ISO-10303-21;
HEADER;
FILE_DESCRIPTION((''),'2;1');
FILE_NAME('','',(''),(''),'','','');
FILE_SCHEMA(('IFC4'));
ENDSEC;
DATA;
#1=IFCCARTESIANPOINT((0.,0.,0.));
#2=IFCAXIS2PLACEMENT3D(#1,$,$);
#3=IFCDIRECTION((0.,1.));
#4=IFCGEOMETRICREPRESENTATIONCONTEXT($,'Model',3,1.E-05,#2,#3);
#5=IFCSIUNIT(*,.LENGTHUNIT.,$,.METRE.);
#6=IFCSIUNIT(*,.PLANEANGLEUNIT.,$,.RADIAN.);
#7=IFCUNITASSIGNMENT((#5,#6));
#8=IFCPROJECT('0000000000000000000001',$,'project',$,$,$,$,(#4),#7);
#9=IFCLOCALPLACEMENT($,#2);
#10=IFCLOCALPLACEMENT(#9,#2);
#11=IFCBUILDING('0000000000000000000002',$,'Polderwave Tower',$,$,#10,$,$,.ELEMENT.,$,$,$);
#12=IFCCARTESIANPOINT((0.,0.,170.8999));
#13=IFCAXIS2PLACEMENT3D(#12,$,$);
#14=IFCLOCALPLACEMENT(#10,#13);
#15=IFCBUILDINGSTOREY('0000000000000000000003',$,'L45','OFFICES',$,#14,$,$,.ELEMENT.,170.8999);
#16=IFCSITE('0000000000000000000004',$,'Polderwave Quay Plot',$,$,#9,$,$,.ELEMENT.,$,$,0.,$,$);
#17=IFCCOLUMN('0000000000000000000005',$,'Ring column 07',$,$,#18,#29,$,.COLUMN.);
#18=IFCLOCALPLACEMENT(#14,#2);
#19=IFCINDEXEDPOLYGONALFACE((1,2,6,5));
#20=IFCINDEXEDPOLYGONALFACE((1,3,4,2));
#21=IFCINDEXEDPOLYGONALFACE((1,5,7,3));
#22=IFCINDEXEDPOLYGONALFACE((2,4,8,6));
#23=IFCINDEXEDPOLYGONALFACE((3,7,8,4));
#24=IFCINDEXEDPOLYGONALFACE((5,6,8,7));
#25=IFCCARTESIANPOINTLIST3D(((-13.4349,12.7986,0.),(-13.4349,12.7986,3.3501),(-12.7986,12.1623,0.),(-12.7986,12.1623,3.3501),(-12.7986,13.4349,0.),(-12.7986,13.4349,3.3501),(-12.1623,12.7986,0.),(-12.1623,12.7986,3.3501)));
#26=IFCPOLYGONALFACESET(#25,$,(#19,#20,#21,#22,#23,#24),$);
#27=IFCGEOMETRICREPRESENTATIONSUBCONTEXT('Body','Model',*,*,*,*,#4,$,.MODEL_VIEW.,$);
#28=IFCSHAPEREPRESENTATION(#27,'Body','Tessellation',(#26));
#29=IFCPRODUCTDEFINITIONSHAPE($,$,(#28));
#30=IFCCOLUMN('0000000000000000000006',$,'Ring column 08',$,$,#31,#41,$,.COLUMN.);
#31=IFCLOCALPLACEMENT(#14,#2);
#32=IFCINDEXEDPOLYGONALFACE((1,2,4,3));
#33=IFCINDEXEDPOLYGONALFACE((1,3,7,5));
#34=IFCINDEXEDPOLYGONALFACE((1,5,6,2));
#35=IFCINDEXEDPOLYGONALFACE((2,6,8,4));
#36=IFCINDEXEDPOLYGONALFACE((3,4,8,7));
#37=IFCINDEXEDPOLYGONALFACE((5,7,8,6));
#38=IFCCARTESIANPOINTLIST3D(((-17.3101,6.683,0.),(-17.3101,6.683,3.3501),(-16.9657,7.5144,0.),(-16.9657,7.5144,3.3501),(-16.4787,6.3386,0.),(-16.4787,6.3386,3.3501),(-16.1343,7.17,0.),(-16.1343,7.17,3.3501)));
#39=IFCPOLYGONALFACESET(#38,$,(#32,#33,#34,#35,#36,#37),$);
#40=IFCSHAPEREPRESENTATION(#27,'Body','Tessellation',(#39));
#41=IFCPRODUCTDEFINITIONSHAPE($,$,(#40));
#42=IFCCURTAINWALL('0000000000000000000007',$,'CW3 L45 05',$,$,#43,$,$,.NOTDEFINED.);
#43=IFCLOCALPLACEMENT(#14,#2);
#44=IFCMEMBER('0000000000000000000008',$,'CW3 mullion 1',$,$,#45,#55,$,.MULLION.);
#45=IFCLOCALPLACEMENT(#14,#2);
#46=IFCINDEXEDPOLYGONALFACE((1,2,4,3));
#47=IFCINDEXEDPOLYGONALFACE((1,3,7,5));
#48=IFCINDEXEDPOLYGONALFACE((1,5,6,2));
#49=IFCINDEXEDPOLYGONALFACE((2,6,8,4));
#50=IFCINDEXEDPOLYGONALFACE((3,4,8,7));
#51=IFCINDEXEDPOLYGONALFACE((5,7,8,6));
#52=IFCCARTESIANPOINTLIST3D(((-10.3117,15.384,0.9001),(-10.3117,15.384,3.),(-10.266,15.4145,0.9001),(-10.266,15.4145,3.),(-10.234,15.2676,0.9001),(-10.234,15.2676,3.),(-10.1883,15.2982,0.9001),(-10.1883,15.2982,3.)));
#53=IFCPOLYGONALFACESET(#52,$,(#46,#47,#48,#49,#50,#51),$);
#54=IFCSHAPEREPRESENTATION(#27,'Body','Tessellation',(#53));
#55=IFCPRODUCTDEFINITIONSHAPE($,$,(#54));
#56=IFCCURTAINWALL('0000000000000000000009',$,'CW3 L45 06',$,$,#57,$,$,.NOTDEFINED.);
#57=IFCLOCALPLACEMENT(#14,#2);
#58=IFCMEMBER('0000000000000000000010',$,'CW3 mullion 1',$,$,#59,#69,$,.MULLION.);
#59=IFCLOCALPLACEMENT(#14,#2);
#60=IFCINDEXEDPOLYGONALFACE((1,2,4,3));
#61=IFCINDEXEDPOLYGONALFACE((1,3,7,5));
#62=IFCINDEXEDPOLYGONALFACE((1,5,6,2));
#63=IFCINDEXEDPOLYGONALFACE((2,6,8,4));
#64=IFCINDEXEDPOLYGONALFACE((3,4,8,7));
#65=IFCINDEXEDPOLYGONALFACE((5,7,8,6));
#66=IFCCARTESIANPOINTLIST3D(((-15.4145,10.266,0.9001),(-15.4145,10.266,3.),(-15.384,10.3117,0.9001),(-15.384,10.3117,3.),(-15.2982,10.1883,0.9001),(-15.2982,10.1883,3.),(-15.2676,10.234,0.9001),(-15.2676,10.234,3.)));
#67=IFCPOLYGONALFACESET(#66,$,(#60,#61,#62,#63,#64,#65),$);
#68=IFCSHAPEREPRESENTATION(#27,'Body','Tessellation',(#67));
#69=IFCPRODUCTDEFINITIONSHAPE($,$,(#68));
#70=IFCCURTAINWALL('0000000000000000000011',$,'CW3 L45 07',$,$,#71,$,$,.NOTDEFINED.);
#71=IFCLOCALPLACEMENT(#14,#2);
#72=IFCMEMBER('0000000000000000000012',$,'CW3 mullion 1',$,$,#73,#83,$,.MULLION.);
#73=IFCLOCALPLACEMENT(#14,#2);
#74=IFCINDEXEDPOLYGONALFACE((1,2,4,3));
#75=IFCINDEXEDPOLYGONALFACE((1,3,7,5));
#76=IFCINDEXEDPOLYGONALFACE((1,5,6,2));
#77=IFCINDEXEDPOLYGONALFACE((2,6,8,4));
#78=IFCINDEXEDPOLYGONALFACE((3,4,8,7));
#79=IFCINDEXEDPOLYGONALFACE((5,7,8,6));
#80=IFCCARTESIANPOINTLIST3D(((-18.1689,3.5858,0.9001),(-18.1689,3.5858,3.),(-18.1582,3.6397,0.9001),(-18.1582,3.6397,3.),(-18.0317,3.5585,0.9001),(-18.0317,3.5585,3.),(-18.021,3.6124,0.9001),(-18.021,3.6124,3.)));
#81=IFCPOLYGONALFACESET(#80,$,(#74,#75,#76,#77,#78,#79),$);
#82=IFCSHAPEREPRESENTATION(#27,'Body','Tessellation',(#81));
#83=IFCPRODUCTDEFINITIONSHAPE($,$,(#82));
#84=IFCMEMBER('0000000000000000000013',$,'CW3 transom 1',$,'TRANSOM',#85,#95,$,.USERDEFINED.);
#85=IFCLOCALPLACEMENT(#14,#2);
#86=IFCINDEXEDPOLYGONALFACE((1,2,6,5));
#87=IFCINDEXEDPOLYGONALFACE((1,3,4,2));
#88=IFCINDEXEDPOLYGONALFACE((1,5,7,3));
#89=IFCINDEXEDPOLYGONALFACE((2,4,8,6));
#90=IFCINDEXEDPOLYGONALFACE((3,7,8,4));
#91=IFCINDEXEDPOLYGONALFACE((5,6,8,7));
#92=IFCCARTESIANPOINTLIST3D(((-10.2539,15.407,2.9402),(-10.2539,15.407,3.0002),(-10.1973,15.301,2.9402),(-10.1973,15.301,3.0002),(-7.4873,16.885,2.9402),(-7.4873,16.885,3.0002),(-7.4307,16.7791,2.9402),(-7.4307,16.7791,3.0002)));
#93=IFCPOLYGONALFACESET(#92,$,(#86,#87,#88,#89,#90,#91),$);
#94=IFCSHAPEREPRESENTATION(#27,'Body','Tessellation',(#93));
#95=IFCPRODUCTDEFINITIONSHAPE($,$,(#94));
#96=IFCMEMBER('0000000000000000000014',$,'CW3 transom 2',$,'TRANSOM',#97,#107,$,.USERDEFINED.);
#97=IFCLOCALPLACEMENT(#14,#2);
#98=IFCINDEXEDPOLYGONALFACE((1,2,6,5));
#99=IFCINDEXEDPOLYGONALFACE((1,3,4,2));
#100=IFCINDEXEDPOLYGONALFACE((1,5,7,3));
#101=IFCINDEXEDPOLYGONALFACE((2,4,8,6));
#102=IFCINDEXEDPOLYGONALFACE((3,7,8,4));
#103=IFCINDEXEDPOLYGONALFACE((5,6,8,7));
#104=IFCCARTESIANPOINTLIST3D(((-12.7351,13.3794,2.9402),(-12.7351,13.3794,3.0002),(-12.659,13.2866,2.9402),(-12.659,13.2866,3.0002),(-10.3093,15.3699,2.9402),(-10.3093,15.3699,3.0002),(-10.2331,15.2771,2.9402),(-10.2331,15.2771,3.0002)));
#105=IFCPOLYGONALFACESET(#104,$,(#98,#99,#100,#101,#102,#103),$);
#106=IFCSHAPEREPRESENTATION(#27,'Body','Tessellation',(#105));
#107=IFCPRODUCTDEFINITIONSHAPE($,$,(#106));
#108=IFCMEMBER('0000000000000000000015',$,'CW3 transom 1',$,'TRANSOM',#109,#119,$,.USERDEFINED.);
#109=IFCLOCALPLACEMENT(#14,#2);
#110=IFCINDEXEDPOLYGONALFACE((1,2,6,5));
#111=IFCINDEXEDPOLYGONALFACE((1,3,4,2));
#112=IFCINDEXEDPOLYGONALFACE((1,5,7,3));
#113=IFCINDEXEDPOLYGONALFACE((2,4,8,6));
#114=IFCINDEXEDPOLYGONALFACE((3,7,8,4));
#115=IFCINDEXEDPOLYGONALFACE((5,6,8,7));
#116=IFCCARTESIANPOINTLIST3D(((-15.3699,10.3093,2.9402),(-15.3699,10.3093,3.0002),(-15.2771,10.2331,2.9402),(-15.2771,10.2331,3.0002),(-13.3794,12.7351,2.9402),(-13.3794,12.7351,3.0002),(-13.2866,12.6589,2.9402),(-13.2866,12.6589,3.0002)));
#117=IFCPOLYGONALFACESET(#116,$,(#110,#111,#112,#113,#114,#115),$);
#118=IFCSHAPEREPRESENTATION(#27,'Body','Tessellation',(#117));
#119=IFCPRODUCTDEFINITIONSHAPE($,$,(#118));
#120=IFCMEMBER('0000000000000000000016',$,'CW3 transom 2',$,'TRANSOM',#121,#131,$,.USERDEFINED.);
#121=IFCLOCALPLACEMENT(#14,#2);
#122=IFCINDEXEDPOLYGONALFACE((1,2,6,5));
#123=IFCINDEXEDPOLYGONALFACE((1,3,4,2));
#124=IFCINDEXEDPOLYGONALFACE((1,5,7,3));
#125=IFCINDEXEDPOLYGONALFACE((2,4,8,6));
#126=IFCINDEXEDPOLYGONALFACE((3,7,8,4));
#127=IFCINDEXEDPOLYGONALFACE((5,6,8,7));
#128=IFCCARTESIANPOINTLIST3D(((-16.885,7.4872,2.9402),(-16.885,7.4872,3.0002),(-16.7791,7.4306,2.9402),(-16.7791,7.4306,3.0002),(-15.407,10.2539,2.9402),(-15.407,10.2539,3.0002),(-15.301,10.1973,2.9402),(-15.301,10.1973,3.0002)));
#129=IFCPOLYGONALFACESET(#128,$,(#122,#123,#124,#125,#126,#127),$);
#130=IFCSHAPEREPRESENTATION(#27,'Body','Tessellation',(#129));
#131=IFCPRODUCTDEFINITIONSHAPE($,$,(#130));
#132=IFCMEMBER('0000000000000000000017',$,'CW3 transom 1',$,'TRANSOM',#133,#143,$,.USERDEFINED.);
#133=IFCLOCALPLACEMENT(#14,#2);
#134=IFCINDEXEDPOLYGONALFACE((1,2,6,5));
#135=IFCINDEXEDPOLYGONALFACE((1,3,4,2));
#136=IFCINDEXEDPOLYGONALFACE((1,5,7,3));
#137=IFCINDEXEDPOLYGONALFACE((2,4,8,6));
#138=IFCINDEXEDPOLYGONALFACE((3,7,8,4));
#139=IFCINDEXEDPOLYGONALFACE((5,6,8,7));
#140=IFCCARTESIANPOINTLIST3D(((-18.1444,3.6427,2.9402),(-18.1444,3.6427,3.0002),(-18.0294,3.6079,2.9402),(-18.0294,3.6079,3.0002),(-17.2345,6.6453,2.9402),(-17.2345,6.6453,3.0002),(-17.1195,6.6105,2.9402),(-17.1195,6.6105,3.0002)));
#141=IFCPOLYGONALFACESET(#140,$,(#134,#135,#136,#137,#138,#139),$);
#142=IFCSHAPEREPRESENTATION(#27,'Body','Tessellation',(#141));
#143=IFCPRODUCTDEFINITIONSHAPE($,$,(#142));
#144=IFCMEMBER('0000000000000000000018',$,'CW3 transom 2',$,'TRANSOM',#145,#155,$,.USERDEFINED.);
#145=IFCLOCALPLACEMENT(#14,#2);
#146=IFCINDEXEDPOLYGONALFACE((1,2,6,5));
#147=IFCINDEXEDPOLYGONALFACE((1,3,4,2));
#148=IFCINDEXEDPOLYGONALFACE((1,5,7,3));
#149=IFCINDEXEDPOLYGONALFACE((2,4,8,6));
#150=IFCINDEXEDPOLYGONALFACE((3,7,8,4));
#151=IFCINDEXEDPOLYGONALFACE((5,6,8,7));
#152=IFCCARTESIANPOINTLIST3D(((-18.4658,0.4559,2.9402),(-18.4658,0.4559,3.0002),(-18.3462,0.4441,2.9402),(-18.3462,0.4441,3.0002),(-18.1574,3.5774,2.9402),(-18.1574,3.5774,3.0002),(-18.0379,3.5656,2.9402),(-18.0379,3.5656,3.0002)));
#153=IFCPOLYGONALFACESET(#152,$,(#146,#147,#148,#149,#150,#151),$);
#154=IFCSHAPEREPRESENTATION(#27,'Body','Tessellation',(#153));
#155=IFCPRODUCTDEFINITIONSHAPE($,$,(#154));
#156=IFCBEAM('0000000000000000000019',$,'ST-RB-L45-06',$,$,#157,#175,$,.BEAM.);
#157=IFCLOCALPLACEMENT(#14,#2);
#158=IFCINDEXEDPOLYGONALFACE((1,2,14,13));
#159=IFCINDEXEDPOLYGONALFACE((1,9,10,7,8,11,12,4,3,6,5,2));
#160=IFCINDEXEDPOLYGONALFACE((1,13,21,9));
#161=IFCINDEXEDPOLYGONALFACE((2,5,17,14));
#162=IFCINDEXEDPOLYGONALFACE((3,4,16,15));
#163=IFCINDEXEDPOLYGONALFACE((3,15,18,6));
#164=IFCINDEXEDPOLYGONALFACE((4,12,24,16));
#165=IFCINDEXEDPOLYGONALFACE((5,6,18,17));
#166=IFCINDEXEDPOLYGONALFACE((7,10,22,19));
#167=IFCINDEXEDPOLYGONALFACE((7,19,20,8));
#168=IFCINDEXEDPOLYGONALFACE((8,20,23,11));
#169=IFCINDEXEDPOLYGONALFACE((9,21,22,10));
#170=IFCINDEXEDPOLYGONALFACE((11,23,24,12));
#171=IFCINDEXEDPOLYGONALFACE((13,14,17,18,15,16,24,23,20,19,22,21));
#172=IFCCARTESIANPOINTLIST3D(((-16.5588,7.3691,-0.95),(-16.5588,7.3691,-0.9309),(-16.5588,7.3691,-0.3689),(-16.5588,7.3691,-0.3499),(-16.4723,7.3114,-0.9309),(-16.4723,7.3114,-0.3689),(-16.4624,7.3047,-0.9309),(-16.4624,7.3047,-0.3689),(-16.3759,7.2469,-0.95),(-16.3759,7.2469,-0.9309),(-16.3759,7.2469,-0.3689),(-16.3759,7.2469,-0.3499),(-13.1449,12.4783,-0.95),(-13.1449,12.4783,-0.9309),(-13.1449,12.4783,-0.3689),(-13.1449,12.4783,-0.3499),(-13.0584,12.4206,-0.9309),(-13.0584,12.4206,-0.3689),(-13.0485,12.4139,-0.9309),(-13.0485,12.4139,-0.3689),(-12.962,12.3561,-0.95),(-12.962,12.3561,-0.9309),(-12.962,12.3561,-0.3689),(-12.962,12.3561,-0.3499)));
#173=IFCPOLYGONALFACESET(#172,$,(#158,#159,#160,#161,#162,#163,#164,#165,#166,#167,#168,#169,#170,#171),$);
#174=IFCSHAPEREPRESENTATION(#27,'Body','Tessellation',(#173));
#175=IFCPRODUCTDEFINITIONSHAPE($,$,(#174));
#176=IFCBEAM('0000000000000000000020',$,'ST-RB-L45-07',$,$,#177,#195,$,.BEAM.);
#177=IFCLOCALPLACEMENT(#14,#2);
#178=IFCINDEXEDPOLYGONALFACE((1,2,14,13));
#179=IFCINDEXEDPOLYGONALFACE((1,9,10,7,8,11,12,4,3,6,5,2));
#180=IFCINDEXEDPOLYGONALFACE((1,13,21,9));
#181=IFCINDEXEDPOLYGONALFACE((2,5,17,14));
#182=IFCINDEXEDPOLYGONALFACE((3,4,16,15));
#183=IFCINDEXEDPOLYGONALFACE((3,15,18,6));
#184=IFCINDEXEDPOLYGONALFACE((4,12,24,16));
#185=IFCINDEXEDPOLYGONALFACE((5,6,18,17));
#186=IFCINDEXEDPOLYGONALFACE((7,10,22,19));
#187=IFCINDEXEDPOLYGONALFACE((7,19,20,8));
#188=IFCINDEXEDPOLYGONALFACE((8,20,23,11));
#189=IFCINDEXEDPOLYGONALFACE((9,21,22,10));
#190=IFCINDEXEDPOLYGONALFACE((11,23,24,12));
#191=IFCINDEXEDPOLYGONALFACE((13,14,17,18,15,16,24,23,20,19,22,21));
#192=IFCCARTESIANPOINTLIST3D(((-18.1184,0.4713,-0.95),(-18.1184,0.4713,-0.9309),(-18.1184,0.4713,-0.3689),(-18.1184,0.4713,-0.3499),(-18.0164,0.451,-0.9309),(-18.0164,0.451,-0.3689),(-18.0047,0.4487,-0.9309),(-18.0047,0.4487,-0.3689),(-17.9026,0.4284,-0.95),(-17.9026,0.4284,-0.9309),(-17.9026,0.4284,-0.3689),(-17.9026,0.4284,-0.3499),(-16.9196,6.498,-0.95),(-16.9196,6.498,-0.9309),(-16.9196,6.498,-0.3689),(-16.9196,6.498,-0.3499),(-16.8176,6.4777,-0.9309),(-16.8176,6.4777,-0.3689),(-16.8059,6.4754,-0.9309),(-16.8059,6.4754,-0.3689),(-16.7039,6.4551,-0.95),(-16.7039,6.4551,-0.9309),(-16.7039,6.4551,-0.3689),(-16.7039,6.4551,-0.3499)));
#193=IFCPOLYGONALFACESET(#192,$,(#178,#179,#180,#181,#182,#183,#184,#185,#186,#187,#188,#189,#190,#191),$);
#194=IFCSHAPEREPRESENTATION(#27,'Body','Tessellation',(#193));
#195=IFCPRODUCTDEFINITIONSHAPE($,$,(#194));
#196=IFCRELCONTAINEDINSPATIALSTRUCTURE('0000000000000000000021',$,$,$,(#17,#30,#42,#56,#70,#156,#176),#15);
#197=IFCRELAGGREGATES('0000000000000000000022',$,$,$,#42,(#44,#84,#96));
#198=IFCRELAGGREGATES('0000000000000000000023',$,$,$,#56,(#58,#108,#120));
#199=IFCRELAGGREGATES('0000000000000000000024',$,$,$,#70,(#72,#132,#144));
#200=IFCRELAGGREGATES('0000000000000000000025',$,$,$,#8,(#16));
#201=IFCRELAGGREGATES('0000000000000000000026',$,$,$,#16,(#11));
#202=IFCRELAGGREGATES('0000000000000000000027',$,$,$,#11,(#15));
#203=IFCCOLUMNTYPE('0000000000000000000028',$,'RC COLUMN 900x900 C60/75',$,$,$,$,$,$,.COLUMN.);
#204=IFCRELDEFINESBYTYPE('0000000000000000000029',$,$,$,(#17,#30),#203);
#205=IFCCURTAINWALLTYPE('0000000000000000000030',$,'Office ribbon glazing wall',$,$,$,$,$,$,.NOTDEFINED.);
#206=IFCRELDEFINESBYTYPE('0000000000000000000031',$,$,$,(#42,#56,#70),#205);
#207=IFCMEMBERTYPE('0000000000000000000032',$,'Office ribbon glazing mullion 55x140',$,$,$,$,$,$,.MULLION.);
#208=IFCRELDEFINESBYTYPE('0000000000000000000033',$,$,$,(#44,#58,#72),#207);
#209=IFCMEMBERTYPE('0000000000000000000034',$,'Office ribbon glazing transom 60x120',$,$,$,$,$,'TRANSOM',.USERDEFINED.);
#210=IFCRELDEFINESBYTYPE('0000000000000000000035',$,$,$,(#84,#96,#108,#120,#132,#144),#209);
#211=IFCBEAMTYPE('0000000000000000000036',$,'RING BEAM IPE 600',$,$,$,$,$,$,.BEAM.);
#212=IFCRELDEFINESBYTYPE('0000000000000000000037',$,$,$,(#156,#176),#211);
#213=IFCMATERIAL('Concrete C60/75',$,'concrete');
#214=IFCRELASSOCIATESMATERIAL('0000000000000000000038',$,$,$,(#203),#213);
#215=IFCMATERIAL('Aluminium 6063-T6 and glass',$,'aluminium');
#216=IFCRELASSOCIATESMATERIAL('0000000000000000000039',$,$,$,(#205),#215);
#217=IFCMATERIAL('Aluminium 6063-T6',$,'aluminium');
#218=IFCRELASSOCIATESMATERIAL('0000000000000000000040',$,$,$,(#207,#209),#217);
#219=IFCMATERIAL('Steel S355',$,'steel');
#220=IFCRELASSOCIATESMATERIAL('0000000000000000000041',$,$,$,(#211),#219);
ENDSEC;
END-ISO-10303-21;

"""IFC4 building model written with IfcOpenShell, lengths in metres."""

from ifc_helpers import new_model, si_unit, direction, frame, origin, origin_2d, place, context, subcontext, project, spatial, rectangle, i_section, extrude, material, material_profile, profile_set, type_object, element, aggregate, save


model = new_model("IFC4")

# Units and contexts
model_context = context("Model", 3, precision=1e-05, world=origin(), true_north=direction((0.0, 1.0)))
body_context = subcontext(model_context, "Body", "Model", "MODEL_VIEW")
ifc_project = project(units=[si_unit("LENGTHUNIT", "METRE"), si_unit("PLANEANGLEUNIT", "RADIAN")], contexts=[model_context])

# Site, building, storey
site_placement = place(None, origin())
site = spatial("IfcSite", under=ifc_project, at=site_placement, Name="Polderwave Quay Plot", CompositionType="ELEMENT", RefElevation=0.0)
building_placement = place(site_placement, origin())
building = spatial("IfcBuilding", under=site, at=building_placement, Name="Polderwave Tower", CompositionType="ELEMENT")
storey_placement = place(building_placement, frame((0.0, 0.0, 170.8999)))
storey = spatial("IfcBuildingStorey", under=building, at=storey_placement, Name="L45", Description="OFFICES", CompositionType="ELEMENT", Elevation=170.8999)

# Columns
ifc_material_1 = material(Name="Concrete C60/75", Category="concrete")
ifc_material_profile_1 = material_profile(ifc_material_1, rectangle(XDim=0.8999, YDim=0.8999, at=origin_2d()), Name="RC 900x900")
ifc_profile_set_1 = profile_set([ifc_material_profile_1], Name="Concrete C60/75")
column_type = type_object("IfcColumnType", Name="RC COLUMN 900x900 C60/75", PredefinedType="COLUMN", material=ifc_profile_set_1)
for number, where, z_axis, x_axis, name in (
    (1, (-12.7986, 12.7986, 0.0), (0.0, 0.0, 1.0), (-0.707107, 0.707107, 0.0), "Ring column 07"),
    (2, (-16.7222, 6.9265, 0.0), (0.0, 0.0, 1.0), (-0.92388, 0.382683, 0.0), "Ring column 08"),
):
    element("IfcColumn", number, at=place(storey_placement, frame(where, z_axis=z_axis, x_axis=x_axis)), inside=storey, type_object=column_type, Name=name, PredefinedType="COLUMN", context=body_context, shape_type="SweptSolid", body=[
        extrude(rectangle(XDim=0.8999, YDim=0.8999, at=origin_2d()), origin(), (0.0, 0.0, 1.0), 3.3501),
    ])

# Curtain walls, members
ifc_material_2 = material(Name="Aluminium 6063-T6 and glass", Category="aluminium")
curtain_wall_type = type_object("IfcCurtainWallType", Name="Office ribbon glazing wall", PredefinedType="NOTDEFINED", material=ifc_material_2)
curtain_wall_1_placement = place(storey_placement, origin())
curtain_wall_1 = element("IfcCurtainWall", 3, at=curtain_wall_1_placement, inside=storey, type_object=curtain_wall_type, Name="CW3 L45 05", PredefinedType="NOTDEFINED")
ifc_material_3 = material(Name="Aluminium 6063-T6", Category="aluminium")
ifc_material_profile_2 = material_profile(ifc_material_3, rectangle(XDim=0.1399, YDim=0.0549, at=origin_2d()), Name="AL 55x140")
ifc_profile_set_2 = profile_set([ifc_material_profile_2], Name="Aluminium 6063-T6")
member_type_1 = type_object("IfcMemberType", Name="Office ribbon glazing mullion 55x140", PredefinedType="MULLION", material=ifc_profile_set_2)
member_1_placement = place(storey_placement, frame((-10.25, 15.3411, 0.9001), z_axis=(0.0, 0.0, 1.0), x_axis=(0.555454, -0.831547, 0.0)))
member_1 = element("IfcMember", 4, at=member_1_placement, type_object=member_type_1, Name="CW3 mullion 1", PredefinedType="MULLION", context=body_context, shape_type="SweptSolid", body=[
    extrude(rectangle(XDim=0.1399, YDim=0.0549, at=origin_2d()), origin(), (0.0, 0.0, 1.0), 2.0999),
])
curtain_wall_2_placement = place(storey_placement, origin())
curtain_wall_2 = element("IfcCurtainWall", 5, at=curtain_wall_2_placement, inside=storey, type_object=curtain_wall_type, Name="CW3 L45 06", PredefinedType="NOTDEFINED")
member_2_placement = place(storey_placement, frame((-15.3411, 10.25, 0.9001), z_axis=(0.0, 0.0, 1.0), x_axis=(0.831547, -0.555454, 0.0)))
member_2 = element("IfcMember", 6, at=member_2_placement, type_object=member_type_1, Name="CW3 mullion 1", PredefinedType="MULLION", context=body_context, shape_type="SweptSolid", body=[
    extrude(rectangle(XDim=0.1399, YDim=0.0549, at=origin_2d()), origin(), (0.0, 0.0, 1.0), 2.0999),
])
curtain_wall_3_placement = place(storey_placement, origin())
curtain_wall_3 = element("IfcCurtainWall", 7, at=curtain_wall_3_placement, inside=storey, type_object=curtain_wall_type, Name="CW3 L45 07", PredefinedType="NOTDEFINED")
member_3_placement = place(storey_placement, frame((-18.095, 3.5991, 0.9001), z_axis=(0.0, 0.0, 1.0), x_axis=(0.980784, -0.195097, 0.0)))
member_3 = element("IfcMember", 8, at=member_3_placement, type_object=member_type_1, Name="CW3 mullion 1", PredefinedType="MULLION", context=body_context, shape_type="SweptSolid", body=[
    extrude(rectangle(XDim=0.1399, YDim=0.0549, at=origin_2d()), origin(), (0.0, 0.0, 1.0), 2.0999),
])

# Members
ifc_material_profile_3 = material_profile(ifc_material_3, rectangle(XDim=0.1201, YDim=0.0601, at=origin_2d()), Name="AL 60x120")
ifc_profile_set_3 = profile_set([ifc_material_profile_3], Name="Aluminium 6063-T6")
member_type_2 = type_object("IfcMemberType", Name="Office ribbon glazing transom 60x120", ElementType="TRANSOM", PredefinedType="USERDEFINED", material=ifc_profile_set_3)
member_4_placement = place(storey_placement, frame((-7.459, 16.832, 2.9702), z_axis=(-0.882021, -0.47121, 0.0), x_axis=(0.47121, -0.882021, 0.0)))
member_4 = element("IfcMember", 9, at=member_4_placement, type_object=member_type_2, Name="CW3 transom 1", ObjectType="TRANSOM", PredefinedType="USERDEFINED", context=body_context, shape_type="SweptSolid", body=[
    extrude(rectangle(XDim=0.1201, YDim=0.0601, at=origin_2d()), origin(), (0.0, 0.0, 1.0), 3.1367),
])
member_5_placement = place(storey_placement, frame((-10.2712, 15.3235, 2.9702), z_axis=(-0.773059, -0.634334, 0.0), x_axis=(0.634334, -0.773059, 0.0)))
member_5 = element("IfcMember", 10, at=member_5_placement, type_object=member_type_2, Name="CW3 transom 2", ObjectType="TRANSOM", PredefinedType="USERDEFINED", context=body_context, shape_type="SweptSolid", body=[
    extrude(rectangle(XDim=0.1201, YDim=0.0601, at=origin_2d()), origin(), (0.0, 0.0, 1.0), 3.1379),
])
member_6_placement = place(storey_placement, frame((-13.333, 12.697, 2.9702), z_axis=(-0.634334, -0.773059, 0.0), x_axis=(0.773059, -0.634334, 0.0)))
member_6 = element("IfcMember", 11, at=member_6_placement, type_object=member_type_2, Name="CW3 transom 1", ObjectType="TRANSOM", PredefinedType="USERDEFINED", context=body_context, shape_type="SweptSolid", body=[
    extrude(rectangle(XDim=0.1201, YDim=0.0601, at=origin_2d()), origin(), (0.0, 0.0, 1.0), 3.1379),
])
member_7_placement = place(storey_placement, frame((-15.354, 10.2256, 2.9702), z_axis=(-0.47121, -0.882021, 0.0), x_axis=(0.882021, -0.47121, 0.0)))
member_7 = element("IfcMember", 12, at=member_7_placement, type_object=member_type_2, Name="CW3 transom 2", ObjectType="TRANSOM", PredefinedType="USERDEFINED", context=body_context, shape_type="SweptSolid", body=[
    extrude(rectangle(XDim=0.1201, YDim=0.0601, at=origin_2d()), origin(), (0.0, 0.0, 1.0), 3.1367),
])
member_8_placement = place(storey_placement, frame((-17.177, 6.6279, 2.9702), z_axis=(-0.29001, -0.957024, 0.0), x_axis=(0.957024, -0.29001, 0.0)))
member_8 = element("IfcMember", 13, at=member_8_placement, type_object=member_type_2, Name="CW3 transom 1", ObjectType="TRANSOM", PredefinedType="USERDEFINED", context=body_context, shape_type="SweptSolid", body=[
    extrude(rectangle(XDim=0.1201, YDim=0.0601, at=origin_2d()), origin(), (0.0, 0.0, 1.0), 3.1375),
])
member_9_placement = place(storey_placement, frame((-18.0977, 3.5715, 2.9702), z_axis=(-0.098301, -0.995157, 0.0), x_axis=(0.995157, -0.098301, 0.0)))
member_9 = element("IfcMember", 14, at=member_9_placement, type_object=member_type_2, Name="CW3 transom 2", ObjectType="TRANSOM", PredefinedType="USERDEFINED", context=body_context, shape_type="SweptSolid", body=[
    extrude(rectangle(XDim=0.1201, YDim=0.0601, at=origin_2d()), origin(), (0.0, 0.0, 1.0), 3.1367),
])

# Beams
ifc_material_4 = material(Name="Steel S355", Category="steel")
ifc_material_profile_4 = material_profile(ifc_material_4, i_section(OverallWidth=0.22, OverallDepth=0.6001, WebThickness=0.012, FlangeThickness=0.019, at=origin_2d()), Name="IPE 600")
ifc_profile_set_4 = profile_set([ifc_material_profile_4], Name="Steel S355")
beam_type = type_object("IfcBeamType", Name="RING BEAM IPE 600", PredefinedType="BEAM", material=ifc_profile_set_4)
for number, where, z_axis, x_axis, name in (
    (15, (-13.0535, 12.4172, -0.6499), (-0.555571, -0.831469, 0.0), (0.831469, -0.555571, 0.0), "ST-RB-L45-06"),
    (16, (-16.8118, 6.4766, -0.6499), (-0.195085, -0.980786, 0.0), (0.980786, -0.195085, 0.0), "ST-RB-L45-07"),
):
    element("IfcBeam", number, at=place(storey_placement, frame(where, z_axis=z_axis, x_axis=x_axis)), inside=storey, type_object=beam_type, Name=name, PredefinedType="BEAM", context=body_context, shape_type="SweptSolid", body=[
        extrude(i_section(OverallWidth=0.22, OverallDepth=0.6001, WebThickness=0.012, FlangeThickness=0.019, at=origin_2d()), origin(), (0.0, 0.0, 1.0), 6.1448),
    ])

aggregate(curtain_wall_1, [member_1, member_4, member_5])
aggregate(curtain_wall_2, [member_2, member_6, member_7])
aggregate(curtain_wall_3, [member_3, member_8, member_9])

save(model, "model.ifc")
